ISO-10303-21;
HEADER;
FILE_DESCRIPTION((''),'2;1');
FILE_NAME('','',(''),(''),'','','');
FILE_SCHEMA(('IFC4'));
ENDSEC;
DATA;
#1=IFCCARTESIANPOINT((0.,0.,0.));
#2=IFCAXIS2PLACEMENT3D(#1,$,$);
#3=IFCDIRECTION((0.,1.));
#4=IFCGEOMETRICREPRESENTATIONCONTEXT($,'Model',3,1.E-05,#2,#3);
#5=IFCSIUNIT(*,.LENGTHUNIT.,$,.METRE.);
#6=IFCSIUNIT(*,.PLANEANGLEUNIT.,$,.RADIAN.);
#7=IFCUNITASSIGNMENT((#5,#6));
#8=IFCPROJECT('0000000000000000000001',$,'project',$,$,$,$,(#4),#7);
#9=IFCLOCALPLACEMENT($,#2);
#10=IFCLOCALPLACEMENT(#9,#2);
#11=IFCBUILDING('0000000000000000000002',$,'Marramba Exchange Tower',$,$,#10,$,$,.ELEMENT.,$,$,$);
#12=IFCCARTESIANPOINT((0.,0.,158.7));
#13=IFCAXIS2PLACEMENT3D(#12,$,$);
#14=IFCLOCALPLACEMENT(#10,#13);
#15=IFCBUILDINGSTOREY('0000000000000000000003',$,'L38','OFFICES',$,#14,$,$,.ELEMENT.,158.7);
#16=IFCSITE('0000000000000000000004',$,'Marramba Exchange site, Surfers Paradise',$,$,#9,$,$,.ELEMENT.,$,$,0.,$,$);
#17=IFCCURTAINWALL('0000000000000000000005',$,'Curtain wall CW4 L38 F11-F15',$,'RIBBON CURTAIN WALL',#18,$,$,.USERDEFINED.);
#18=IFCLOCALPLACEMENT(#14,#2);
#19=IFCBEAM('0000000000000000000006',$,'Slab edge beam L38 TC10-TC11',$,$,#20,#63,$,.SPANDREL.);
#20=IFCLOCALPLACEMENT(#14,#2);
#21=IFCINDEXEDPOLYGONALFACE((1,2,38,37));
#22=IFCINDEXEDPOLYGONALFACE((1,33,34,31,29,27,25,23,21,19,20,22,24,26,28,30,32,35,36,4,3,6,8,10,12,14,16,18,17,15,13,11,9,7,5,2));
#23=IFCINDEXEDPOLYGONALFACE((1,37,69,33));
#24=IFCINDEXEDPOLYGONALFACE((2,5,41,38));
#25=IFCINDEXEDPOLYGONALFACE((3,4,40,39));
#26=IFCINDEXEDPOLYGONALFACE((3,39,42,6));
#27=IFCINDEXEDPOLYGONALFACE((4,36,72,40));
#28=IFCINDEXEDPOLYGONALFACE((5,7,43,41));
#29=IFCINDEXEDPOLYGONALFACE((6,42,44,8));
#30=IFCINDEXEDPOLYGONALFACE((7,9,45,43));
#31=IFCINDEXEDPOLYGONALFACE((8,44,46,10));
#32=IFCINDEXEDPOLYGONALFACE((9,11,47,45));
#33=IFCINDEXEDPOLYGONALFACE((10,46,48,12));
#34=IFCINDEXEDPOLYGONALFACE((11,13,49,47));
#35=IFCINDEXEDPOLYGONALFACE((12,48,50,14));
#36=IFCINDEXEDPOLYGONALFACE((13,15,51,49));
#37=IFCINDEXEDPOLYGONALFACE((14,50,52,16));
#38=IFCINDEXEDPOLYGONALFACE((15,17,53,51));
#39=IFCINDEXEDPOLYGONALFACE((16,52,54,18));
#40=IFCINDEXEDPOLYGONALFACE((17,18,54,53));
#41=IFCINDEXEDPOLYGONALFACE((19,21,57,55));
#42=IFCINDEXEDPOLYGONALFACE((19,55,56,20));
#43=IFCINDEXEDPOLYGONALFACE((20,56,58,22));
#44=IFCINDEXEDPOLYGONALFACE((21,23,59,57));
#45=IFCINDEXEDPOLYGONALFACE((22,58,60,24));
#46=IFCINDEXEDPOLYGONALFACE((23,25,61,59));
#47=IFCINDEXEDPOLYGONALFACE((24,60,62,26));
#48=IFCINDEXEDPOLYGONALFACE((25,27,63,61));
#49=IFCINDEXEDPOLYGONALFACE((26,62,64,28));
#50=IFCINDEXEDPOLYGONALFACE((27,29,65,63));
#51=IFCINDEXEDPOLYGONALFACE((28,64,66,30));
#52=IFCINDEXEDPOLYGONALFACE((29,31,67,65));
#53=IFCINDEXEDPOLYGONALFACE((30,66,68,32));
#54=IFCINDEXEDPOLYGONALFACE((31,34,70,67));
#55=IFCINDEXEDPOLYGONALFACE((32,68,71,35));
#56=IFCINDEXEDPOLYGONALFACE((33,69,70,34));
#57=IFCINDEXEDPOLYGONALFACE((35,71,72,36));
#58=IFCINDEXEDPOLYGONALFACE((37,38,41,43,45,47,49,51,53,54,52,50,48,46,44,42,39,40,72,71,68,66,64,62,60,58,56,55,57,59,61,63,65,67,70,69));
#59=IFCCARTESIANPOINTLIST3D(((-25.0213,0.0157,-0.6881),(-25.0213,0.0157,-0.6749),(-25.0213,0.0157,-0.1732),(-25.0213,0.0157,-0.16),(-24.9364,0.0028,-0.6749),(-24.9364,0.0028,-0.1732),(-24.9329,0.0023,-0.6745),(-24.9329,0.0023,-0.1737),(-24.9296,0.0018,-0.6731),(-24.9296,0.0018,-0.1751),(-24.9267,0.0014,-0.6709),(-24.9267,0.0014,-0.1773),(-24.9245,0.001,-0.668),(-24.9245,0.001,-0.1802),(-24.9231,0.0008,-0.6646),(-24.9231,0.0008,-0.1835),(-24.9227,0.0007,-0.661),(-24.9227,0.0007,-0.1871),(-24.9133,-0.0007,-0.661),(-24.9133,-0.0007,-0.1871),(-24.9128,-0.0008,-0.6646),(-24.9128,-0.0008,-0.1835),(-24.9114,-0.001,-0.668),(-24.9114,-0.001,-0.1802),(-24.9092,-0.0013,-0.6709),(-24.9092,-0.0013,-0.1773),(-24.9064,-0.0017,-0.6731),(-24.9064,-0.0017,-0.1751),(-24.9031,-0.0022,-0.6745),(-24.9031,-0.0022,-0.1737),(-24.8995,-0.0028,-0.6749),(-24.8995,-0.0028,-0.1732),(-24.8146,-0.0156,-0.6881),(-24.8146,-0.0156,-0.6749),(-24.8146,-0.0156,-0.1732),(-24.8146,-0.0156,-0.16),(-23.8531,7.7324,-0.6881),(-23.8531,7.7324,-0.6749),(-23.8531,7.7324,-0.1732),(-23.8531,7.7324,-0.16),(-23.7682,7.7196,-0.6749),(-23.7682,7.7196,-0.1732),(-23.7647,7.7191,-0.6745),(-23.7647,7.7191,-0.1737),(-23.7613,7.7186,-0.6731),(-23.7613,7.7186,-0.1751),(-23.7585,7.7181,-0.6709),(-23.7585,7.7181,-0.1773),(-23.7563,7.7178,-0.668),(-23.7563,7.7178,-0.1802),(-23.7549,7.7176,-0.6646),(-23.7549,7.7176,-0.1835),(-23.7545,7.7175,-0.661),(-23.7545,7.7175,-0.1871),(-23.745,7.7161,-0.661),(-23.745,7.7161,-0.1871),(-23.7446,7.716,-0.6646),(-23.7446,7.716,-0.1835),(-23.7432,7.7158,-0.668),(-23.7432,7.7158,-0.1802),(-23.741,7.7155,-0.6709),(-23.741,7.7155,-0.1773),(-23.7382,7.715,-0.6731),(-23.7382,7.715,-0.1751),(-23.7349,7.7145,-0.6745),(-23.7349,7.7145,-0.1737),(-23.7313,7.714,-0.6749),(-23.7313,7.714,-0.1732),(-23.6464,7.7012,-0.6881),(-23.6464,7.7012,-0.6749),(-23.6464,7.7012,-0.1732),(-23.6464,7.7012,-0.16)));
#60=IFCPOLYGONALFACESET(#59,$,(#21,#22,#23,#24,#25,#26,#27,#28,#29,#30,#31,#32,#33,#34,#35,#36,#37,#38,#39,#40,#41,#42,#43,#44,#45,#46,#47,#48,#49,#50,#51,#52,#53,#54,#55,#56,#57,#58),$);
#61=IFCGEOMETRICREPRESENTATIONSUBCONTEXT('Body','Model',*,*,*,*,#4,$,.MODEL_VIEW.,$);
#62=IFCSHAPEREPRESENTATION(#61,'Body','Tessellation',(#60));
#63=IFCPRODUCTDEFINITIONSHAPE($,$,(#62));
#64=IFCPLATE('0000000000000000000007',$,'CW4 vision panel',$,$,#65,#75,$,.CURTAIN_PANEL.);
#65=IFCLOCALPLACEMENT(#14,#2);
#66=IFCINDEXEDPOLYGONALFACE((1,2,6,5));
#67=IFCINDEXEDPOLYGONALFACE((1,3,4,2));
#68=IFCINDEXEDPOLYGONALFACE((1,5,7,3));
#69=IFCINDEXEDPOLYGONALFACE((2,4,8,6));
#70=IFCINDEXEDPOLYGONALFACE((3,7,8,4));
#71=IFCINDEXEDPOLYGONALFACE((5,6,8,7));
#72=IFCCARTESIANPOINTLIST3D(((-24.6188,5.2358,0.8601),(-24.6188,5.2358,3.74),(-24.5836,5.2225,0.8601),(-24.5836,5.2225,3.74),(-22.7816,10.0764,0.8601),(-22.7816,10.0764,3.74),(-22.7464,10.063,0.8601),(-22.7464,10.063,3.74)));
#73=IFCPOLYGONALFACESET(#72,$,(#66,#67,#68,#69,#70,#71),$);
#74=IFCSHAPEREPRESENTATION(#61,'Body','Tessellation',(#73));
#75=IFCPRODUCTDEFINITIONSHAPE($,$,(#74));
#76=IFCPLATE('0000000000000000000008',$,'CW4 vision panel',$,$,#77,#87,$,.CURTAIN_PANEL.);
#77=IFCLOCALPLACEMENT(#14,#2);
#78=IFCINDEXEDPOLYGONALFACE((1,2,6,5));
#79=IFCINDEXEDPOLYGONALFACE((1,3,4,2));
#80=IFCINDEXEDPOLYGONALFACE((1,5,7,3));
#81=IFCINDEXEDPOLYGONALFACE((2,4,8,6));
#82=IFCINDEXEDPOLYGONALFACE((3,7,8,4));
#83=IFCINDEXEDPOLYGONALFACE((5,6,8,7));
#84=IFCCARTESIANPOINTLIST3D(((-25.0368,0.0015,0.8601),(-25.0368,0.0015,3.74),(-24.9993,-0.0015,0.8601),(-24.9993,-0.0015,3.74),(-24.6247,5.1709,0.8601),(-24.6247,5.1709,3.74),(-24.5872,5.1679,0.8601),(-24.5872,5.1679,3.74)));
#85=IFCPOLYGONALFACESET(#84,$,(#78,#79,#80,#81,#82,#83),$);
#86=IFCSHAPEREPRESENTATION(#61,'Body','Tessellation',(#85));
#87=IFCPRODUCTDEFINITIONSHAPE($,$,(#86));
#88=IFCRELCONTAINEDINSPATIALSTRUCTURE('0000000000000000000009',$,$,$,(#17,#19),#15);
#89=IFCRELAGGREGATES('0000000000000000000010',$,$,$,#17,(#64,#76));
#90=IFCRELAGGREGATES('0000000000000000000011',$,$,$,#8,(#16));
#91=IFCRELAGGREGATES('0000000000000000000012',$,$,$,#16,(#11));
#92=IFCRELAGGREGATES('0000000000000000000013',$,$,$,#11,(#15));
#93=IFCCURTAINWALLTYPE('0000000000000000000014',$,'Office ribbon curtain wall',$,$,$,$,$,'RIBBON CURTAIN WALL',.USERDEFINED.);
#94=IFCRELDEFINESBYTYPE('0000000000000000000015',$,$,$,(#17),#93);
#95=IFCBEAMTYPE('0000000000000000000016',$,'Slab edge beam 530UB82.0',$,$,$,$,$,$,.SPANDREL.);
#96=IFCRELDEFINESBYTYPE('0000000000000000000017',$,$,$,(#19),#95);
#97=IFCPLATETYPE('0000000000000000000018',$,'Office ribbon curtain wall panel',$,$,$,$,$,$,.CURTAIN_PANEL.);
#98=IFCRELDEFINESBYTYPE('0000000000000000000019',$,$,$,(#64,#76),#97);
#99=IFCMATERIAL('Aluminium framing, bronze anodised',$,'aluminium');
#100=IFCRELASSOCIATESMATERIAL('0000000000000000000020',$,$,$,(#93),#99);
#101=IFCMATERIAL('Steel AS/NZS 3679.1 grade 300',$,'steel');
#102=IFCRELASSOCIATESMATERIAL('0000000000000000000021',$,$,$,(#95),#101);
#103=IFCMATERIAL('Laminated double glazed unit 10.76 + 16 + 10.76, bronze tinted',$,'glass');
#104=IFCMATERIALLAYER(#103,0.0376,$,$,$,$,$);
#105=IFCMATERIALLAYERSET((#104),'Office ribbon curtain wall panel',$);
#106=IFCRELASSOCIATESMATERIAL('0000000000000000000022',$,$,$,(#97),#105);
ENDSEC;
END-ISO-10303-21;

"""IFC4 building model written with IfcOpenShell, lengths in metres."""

from ifc_helpers import new_model, si_unit, direction, frame, origin, origin_2d, place, context, subcontext, project, spatial, rectangle, i_section, extrude, material, layer, layer_set, material_profile, profile_set, type_object, element, aggregate, save


model = new_model("IFC4")

# Units and contexts
model_context = context("Model", 3, precision=1e-05, world=origin(), true_north=direction((0.0, 1.0)))
body_context = subcontext(model_context, "Body", "Model", "MODEL_VIEW")
ifc_project = project(units=[si_unit("LENGTHUNIT", "METRE"), si_unit("PLANEANGLEUNIT", "RADIAN")], contexts=[model_context])

# Site, building, storey
site_placement = place(None, origin())
site = spatial("IfcSite", under=ifc_project, at=site_placement, Name="Marramba Exchange site, Surfers Paradise", CompositionType="ELEMENT", RefElevation=0.0)
building_placement = place(site_placement, origin())
building = spatial("IfcBuilding", under=site, at=building_placement, Name="Marramba Exchange Tower", CompositionType="ELEMENT")
storey_placement = place(building_placement, frame((0.0, 0.0, 158.7)))
storey = spatial("IfcBuildingStorey", under=building, at=storey_placement, Name="L38", Description="OFFICES", CompositionType="ELEMENT", Elevation=158.7)

# Shared definitions
ifc_material_1 = material(Name="Steel AS/NZS 3679.1 grade 300", Category="steel")

# Curtain wall
ifc_material_2 = material(Name="Aluminium framing, bronze anodised", Category="aluminium")
curtain_wall_type = type_object("IfcCurtainWallType", Name="Office ribbon curtain wall", ElementType="RIBBON CURTAIN WALL", PredefinedType="USERDEFINED", material=ifc_material_2)
curtain_wall_placement = place(storey_placement, origin())
curtain_wall = element("IfcCurtainWall", 1, at=curtain_wall_placement, inside=storey, type_object=curtain_wall_type, Name="Curtain wall CW4 L38 F11-F15", ObjectType="RIBBON CURTAIN WALL", PredefinedType="USERDEFINED")

# Beam
ifc_material_profile_1 = material_profile(ifc_material_1, i_section(OverallWidth=0.209, OverallDepth=0.5281, WebThickness=0.0095, FlangeThickness=0.0132, FilletRadius=0.0139, at=origin_2d()), Name="530UB82.0")
ifc_profile_set_1 = profile_set([ifc_material_profile_1], Name="Steel AS/NZS 3679.1 grade 300")
beam_type_1 = type_object("IfcBeamType", Name="Slab edge beam 530UB82.0", PredefinedType="SPANDREL", material=ifc_profile_set_1)
beam_1_placement = place(storey_placement, frame((-23.7498, 7.7168, -0.4241), z_axis=(-0.14968, -0.988734, 0.0), x_axis=(0.988734, -0.14968, 0.0)))
element("IfcBeam", 2, at=beam_1_placement, inside=storey, type_object=beam_type_1, Name="Slab edge beam L38 TC10-TC11", PredefinedType="SPANDREL", context=body_context, shape_type="SweptSolid", body=[
    extrude(i_section(OverallWidth=0.209, OverallDepth=0.5281, WebThickness=0.0095, FlangeThickness=0.0132, FilletRadius=0.0139, at=origin_2d()), origin(), (0.0, 0.0, 1.0), 7.8047),
])

# Plates
ifc_material_3 = material(Name="Laminated double glazed unit 10.76 + 16 + 10.76, bronze tinted", Category="glass")
ifc_layer_1 = layer(ifc_material_3, 0.0376)
ifc_layer_set_1 = layer_set([ifc_layer_1], Name="Office ribbon curtain wall panel")
plate_type = type_object("IfcPlateType", Name="Office ribbon curtain wall panel", PredefinedType="CURTAIN_PANEL", material=ifc_layer_set_1)
plate_1_placement = place(storey_placement, frame((-23.6826, 7.6494, 0.8601), z_axis=(0.0, 0.0, 1.0), x_axis=(-0.354844, -0.934925, 0.0)))
plate_1 = element("IfcPlate", 3, at=plate_1_placement, type_object=plate_type, Name="CW4 vision panel", PredefinedType="CURTAIN_PANEL", context=body_context, shape_type="SweptSolid", body=[
    extrude(rectangle(XDim=5.1775, YDim=0.0376, at=origin_2d()), origin(), (0.0, 0.0, 1.0), 2.8799),
])
plate_2_placement = place(storey_placement, frame((-24.812, 2.5847, 0.8601), z_axis=(0.0, 0.0, 1.0), x_axis=(-0.07946, -0.996838, 0.0)))
plate_2 = element("IfcPlate", 4, at=plate_2_placement, type_object=plate_type, Name="CW4 vision panel", PredefinedType="CURTAIN_PANEL", context=body_context, shape_type="SweptSolid", body=[
    extrude(rectangle(XDim=5.1858, YDim=0.0376, at=origin_2d()), origin(), (0.0, 0.0, 1.0), 2.8799),
])
aggregate(curtain_wall, [plate_1, plate_2])

save(model, "model.ifc")
